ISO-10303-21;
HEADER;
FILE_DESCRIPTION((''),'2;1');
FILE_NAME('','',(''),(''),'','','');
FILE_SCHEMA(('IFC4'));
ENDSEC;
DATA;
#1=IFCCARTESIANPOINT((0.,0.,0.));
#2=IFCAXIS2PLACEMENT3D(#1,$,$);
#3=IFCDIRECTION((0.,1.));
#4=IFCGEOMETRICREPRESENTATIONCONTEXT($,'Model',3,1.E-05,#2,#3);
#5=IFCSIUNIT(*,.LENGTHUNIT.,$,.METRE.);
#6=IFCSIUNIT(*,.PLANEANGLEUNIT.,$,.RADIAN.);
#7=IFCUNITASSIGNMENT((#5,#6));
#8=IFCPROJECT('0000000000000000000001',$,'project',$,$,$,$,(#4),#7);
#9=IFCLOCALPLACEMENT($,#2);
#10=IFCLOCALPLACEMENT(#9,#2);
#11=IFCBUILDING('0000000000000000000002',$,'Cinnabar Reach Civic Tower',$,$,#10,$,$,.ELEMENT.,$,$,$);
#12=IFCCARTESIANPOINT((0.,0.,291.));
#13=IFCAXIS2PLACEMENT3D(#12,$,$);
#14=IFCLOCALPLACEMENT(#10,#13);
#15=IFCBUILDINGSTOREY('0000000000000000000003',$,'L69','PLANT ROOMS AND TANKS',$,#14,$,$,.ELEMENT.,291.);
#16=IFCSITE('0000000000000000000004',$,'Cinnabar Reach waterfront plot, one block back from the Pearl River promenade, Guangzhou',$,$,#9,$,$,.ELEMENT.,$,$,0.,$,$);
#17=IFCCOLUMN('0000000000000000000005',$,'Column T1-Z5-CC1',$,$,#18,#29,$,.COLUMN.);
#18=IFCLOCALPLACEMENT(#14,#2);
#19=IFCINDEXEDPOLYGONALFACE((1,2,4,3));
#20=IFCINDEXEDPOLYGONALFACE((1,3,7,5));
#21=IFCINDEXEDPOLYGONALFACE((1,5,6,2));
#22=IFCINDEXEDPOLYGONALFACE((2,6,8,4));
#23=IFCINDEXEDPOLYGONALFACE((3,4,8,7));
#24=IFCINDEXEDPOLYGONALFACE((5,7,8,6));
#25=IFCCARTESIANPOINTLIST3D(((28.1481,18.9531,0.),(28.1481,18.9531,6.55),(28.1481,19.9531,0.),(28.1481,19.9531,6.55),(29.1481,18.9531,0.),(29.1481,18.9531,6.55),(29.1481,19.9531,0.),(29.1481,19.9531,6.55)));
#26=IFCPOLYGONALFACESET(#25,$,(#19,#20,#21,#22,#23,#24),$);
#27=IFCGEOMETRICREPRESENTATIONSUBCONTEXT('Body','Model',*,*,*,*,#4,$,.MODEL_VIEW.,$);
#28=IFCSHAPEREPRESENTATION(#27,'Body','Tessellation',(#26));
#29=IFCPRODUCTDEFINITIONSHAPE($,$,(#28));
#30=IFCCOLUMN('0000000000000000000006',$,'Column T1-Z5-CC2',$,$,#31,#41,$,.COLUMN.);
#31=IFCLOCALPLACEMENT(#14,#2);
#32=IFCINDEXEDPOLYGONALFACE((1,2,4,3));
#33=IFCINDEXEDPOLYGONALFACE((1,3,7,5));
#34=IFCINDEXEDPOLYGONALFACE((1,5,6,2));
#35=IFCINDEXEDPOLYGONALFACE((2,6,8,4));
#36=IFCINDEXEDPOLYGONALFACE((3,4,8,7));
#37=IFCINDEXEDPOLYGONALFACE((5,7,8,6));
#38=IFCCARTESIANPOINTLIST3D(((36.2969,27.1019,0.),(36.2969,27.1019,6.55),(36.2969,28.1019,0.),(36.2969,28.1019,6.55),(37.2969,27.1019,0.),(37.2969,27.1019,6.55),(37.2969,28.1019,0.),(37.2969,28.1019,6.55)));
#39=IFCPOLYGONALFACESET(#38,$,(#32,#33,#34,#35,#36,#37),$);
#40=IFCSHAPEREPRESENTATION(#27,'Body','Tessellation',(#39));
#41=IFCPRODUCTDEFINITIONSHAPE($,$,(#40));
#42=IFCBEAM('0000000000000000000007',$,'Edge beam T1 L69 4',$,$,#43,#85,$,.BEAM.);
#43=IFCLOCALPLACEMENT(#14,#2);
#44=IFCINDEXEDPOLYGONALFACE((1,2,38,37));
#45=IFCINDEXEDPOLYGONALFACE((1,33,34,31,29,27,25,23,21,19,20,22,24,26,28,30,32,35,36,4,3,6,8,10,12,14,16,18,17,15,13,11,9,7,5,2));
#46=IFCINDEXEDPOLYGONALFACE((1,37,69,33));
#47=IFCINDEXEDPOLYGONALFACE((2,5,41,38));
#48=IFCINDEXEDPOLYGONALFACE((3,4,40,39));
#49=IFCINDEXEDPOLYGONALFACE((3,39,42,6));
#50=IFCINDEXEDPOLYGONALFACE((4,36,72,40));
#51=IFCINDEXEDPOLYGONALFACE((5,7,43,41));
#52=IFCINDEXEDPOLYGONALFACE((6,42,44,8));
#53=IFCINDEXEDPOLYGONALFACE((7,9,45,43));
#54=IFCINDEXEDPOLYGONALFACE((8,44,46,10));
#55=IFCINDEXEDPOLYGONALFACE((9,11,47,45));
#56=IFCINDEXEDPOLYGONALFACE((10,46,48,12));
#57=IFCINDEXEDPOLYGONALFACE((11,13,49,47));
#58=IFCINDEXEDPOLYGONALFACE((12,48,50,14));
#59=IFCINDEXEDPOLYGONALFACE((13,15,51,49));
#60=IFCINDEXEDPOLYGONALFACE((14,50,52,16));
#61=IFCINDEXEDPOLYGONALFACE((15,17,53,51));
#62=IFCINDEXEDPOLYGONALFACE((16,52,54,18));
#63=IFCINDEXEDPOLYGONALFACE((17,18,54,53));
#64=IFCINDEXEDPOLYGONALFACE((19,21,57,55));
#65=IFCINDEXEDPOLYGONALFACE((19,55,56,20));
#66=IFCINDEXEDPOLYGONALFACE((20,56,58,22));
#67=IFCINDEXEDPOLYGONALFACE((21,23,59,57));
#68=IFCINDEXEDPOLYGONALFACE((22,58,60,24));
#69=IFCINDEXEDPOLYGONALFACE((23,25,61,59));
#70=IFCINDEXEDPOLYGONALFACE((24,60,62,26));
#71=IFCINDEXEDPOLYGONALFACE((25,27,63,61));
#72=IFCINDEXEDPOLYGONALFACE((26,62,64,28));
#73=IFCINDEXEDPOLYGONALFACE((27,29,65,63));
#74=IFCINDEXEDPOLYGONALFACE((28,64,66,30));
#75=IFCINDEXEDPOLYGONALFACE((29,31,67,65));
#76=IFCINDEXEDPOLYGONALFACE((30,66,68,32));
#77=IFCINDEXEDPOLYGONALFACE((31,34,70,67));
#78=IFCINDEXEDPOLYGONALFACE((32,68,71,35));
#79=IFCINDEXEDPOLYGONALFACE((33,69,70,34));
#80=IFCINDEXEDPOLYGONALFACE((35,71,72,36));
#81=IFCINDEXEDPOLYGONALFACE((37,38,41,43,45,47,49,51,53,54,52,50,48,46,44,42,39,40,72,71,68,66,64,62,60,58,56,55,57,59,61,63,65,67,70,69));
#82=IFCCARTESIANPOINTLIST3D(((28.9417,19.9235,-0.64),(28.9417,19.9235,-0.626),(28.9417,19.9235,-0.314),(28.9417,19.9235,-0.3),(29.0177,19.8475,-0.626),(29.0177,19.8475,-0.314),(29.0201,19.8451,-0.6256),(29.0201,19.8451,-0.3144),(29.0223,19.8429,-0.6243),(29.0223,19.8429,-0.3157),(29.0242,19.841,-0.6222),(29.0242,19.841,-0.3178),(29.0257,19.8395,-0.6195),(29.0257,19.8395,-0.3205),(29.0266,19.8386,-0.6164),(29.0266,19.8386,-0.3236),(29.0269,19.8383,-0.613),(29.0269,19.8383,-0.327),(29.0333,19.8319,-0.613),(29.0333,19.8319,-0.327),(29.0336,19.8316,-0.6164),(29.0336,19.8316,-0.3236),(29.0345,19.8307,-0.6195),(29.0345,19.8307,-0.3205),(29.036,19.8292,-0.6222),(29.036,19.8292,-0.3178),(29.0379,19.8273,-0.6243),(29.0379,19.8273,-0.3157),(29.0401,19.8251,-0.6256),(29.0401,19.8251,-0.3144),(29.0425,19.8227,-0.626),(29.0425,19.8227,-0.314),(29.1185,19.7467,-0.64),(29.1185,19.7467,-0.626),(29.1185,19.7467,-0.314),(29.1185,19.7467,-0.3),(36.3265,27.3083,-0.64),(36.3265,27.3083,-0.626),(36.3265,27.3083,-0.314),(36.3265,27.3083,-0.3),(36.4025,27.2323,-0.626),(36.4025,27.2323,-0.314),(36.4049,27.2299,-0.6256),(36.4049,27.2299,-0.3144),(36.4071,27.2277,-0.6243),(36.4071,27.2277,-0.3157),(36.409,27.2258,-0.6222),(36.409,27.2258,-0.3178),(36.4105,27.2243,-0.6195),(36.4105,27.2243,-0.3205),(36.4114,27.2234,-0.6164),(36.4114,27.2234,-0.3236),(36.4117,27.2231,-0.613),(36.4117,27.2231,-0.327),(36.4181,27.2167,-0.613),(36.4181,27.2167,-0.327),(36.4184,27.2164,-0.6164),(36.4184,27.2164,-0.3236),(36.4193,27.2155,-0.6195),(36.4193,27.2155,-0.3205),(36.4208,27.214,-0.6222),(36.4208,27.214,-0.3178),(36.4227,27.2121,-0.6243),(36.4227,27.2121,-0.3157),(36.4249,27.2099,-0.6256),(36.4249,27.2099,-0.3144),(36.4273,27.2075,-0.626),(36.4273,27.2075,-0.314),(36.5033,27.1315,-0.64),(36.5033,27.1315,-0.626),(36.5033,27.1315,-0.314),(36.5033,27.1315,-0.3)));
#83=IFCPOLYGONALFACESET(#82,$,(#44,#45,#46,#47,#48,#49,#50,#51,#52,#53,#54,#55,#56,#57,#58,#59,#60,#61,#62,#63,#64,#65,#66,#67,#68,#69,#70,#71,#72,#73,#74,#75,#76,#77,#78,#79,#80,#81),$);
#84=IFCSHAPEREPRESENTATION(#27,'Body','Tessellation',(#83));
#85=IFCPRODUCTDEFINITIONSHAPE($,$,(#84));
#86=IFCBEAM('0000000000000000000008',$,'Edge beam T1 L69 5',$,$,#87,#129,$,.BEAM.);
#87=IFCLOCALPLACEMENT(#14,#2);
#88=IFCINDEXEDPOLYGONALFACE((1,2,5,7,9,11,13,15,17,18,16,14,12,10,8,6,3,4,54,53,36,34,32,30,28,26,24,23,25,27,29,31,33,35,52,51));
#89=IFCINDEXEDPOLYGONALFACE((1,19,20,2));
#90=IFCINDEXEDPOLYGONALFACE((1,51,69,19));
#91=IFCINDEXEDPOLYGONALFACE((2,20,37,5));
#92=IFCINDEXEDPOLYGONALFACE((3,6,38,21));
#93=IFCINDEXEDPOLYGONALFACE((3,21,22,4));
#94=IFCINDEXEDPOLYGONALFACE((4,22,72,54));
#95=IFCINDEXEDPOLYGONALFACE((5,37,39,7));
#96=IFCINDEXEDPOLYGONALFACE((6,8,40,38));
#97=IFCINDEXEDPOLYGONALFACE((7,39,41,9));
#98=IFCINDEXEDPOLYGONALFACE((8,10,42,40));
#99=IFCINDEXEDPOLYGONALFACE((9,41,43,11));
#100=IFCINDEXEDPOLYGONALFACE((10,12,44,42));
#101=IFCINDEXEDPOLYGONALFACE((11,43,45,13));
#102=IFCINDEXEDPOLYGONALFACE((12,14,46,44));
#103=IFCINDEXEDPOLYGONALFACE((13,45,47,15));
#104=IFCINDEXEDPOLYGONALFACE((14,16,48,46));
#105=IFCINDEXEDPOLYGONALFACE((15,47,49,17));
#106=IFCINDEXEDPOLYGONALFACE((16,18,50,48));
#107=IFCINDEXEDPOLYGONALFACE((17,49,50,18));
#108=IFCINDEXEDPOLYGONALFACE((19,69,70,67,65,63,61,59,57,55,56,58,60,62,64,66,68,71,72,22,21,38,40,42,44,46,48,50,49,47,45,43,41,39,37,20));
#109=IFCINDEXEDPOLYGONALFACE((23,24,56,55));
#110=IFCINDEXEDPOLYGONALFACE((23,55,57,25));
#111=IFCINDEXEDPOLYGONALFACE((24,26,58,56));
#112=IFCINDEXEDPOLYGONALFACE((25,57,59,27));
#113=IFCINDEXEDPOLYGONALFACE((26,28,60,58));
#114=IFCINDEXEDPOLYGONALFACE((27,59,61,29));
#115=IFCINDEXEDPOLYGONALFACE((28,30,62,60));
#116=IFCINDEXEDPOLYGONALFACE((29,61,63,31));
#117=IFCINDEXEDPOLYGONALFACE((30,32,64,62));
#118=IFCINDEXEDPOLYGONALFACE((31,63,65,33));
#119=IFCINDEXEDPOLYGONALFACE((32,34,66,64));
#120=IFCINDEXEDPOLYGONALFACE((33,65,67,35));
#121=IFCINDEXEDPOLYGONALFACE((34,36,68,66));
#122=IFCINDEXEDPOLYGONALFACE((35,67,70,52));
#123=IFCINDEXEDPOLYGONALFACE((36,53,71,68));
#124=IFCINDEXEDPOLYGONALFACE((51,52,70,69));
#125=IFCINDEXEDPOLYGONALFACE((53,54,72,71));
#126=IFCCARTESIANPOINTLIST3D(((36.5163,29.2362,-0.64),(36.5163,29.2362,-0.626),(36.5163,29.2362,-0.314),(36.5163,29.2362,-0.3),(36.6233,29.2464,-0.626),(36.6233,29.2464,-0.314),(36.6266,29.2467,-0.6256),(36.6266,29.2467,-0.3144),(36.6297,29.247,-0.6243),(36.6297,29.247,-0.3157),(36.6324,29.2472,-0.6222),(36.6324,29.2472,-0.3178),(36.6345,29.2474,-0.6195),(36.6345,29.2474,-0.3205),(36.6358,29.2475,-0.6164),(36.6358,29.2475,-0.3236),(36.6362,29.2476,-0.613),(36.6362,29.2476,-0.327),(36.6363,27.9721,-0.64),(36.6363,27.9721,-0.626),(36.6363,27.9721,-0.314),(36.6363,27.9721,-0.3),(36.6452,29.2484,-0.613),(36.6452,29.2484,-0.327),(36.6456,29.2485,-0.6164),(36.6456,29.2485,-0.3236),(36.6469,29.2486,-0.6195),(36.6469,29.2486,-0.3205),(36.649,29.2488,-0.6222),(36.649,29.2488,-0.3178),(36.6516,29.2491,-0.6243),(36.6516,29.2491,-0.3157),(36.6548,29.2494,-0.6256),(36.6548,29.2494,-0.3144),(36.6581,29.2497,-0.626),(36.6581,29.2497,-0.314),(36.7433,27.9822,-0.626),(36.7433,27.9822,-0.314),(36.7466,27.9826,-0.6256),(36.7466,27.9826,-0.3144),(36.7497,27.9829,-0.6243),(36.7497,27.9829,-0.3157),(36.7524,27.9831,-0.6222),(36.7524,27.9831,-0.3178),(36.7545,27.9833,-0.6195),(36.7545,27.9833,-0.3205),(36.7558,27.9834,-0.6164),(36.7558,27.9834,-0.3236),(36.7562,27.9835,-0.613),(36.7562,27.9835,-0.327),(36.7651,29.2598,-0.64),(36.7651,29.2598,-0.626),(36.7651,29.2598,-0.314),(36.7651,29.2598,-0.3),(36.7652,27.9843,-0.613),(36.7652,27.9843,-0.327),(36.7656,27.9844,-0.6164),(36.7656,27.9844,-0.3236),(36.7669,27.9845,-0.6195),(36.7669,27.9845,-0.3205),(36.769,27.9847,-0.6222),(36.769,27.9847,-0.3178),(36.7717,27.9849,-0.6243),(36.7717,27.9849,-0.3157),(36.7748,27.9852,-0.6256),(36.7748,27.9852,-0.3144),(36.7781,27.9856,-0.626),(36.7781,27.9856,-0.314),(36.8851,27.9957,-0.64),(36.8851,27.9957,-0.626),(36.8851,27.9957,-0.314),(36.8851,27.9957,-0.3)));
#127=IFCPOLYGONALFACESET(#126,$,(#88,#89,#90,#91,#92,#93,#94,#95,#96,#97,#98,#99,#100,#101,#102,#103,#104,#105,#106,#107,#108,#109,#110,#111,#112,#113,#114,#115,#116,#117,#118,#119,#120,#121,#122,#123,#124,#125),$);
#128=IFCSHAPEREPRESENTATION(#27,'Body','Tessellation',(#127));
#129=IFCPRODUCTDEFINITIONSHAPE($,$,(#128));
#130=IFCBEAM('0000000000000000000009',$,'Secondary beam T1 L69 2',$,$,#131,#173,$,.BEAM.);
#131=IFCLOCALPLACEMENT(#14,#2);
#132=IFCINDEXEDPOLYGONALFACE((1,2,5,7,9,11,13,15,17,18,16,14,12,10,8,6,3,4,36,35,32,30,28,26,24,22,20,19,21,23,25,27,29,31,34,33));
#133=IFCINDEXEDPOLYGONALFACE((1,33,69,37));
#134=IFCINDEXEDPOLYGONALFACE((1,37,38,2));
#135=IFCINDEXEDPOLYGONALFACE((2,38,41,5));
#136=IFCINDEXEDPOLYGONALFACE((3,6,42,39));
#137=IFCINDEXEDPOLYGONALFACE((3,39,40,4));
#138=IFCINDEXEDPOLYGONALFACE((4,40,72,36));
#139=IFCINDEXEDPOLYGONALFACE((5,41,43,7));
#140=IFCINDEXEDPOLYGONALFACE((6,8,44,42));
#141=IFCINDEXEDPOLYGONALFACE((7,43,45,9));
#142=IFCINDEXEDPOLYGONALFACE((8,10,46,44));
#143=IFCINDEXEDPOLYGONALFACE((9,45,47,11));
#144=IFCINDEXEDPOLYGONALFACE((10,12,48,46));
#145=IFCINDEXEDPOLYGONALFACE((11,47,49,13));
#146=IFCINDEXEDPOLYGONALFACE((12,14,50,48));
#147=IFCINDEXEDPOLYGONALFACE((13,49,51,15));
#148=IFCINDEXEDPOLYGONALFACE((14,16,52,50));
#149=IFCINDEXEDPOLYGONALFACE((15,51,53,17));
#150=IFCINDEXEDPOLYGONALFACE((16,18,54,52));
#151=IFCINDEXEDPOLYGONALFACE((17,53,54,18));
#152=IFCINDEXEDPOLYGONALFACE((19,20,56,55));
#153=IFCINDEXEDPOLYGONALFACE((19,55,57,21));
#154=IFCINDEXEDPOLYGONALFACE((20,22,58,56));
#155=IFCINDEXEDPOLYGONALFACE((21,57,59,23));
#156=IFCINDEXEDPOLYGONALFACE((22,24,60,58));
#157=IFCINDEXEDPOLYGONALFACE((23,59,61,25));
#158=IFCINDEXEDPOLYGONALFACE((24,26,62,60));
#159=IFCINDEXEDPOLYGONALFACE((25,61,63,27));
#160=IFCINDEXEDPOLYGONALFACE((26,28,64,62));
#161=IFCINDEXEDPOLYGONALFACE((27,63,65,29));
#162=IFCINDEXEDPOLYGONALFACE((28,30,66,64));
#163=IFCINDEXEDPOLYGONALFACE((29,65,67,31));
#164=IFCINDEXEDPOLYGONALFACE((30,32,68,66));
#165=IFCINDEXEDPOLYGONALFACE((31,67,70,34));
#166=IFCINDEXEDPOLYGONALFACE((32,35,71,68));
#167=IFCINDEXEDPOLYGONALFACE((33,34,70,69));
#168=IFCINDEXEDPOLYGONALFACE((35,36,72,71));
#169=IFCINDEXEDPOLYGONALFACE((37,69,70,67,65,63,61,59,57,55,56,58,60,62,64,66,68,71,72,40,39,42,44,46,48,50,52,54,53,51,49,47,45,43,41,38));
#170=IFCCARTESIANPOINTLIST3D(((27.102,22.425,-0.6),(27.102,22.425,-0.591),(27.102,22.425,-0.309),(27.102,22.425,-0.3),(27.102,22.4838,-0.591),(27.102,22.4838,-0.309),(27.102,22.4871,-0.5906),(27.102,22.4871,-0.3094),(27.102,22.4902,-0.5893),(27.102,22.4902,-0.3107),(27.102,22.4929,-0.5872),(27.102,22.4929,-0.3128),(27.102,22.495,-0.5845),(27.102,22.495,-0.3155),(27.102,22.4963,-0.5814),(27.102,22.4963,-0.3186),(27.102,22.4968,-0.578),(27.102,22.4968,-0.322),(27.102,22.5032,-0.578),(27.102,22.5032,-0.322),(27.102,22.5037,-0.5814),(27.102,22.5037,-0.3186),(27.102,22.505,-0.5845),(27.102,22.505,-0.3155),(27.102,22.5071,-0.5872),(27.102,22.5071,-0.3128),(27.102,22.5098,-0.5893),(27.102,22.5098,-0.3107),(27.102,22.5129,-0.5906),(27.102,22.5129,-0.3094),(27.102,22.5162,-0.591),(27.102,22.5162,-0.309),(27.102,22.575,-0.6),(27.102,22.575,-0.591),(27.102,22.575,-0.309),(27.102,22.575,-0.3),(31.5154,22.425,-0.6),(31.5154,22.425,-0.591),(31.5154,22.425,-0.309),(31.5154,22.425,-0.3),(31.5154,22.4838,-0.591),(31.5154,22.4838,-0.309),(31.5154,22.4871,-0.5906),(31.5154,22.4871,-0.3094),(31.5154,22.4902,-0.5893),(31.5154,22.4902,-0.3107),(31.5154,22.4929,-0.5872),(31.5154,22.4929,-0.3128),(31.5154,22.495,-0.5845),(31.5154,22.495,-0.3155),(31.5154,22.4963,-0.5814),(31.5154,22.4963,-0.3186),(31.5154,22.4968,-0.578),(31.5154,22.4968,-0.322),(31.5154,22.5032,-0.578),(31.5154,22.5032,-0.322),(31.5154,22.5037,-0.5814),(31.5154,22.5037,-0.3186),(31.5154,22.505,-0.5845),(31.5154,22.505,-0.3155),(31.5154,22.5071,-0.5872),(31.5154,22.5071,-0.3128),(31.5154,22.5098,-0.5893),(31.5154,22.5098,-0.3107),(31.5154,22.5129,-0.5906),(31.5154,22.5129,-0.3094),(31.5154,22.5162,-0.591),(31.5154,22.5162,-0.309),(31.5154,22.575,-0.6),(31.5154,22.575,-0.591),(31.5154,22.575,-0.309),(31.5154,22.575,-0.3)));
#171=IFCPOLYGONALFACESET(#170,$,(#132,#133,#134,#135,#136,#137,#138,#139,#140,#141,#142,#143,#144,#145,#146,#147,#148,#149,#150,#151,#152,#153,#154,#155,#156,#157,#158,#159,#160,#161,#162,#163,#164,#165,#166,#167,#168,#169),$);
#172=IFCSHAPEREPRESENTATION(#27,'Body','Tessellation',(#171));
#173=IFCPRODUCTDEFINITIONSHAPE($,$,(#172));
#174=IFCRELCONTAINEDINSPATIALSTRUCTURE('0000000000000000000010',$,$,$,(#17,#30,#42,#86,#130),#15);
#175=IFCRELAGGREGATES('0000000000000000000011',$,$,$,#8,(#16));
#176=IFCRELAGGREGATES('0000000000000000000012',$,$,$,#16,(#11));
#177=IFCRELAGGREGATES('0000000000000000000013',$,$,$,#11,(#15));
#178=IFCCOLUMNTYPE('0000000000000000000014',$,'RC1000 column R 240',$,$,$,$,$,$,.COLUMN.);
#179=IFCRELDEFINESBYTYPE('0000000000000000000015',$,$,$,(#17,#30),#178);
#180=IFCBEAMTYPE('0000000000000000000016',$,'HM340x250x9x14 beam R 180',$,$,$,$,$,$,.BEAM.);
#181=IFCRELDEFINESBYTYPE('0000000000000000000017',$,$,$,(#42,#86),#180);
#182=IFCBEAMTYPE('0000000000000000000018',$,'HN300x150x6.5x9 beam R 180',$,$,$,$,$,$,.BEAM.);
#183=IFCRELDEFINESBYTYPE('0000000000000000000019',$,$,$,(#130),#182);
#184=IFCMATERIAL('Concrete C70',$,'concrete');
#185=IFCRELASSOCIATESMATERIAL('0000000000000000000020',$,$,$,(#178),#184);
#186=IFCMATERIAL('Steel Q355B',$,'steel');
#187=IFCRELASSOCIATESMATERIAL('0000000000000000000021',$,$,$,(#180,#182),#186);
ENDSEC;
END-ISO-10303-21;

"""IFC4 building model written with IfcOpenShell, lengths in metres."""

from ifc_helpers import new_model, si_unit, direction, frame, origin, origin_2d, place, context, subcontext, project, spatial, rectangle, i_section, extrude, material, material_profile, profile_set, type_object, element, save


model = new_model("IFC4")

# Units and contexts
model_context = context("Model", 3, precision=1e-05, world=origin(), true_north=direction((0.0, 1.0)))
body_context = subcontext(model_context, "Body", "Model", "MODEL_VIEW")
ifc_project = project(units=[si_unit("LENGTHUNIT", "METRE"), si_unit("PLANEANGLEUNIT", "RADIAN")], contexts=[model_context])

# Site, building, storey
site_placement = place(None, origin())
site = spatial("IfcSite", under=ifc_project, at=site_placement, Name="Cinnabar Reach waterfront plot, one block back from the Pearl River promenade, Guangzhou", CompositionType="ELEMENT", RefElevation=0.0)
building_placement = place(site_placement, origin())
building = spatial("IfcBuilding", under=site, at=building_placement, Name="Cinnabar Reach Civic Tower", CompositionType="ELEMENT")
storey_placement = place(building_placement, frame((0.0, 0.0, 291.0)))
storey = spatial("IfcBuildingStorey", under=building, at=storey_placement, Name="L69", Description="PLANT ROOMS AND TANKS", CompositionType="ELEMENT", Elevation=291.0)

# Columns
ifc_material_1 = material(Name="Concrete C70", Category="concrete")
ifc_material_profile_1 = material_profile(ifc_material_1, rectangle(XDim=1.0, YDim=1.0, at=origin_2d()), Name="RC1000")
ifc_profile_set_1 = profile_set([ifc_material_profile_1], Name="Concrete C70")
column_type = type_object("IfcColumnType", Name="RC1000 column R 240", PredefinedType="COLUMN", material=ifc_profile_set_1)
for number, where, z_axis, x_axis, name in (
    (1, (28.6481, 19.4531, 0.0), (0.0, 0.0, 1.0), (1.0, 0.0, 0.0), "Column T1-Z5-CC1"),
    (2, (36.7969, 27.6019, 0.0), (0.0, 0.0, 1.0), (1.0, 0.0, 0.0), "Column T1-Z5-CC2"),
):
    element("IfcColumn", number, at=place(storey_placement, frame(where, z_axis=z_axis, x_axis=x_axis)), inside=storey, type_object=column_type, Name=name, PredefinedType="COLUMN", context=body_context, shape_type="SweptSolid", body=[
        extrude(rectangle(XDim=1.0, YDim=1.0, at=origin_2d()), origin(), (0.0, 0.0, 1.0), 6.55),
    ])

# Beams
ifc_material_2 = material(Name="Steel Q355B", Category="steel")
ifc_material_profile_2 = material_profile(ifc_material_2, i_section(OverallWidth=0.25, OverallDepth=0.34, WebThickness=0.009, FlangeThickness=0.014, FilletRadius=0.013, at=origin_2d()), Name="HM340x250x9x14")
ifc_profile_set_2 = profile_set([ifc_material_profile_2], Name="Steel Q355B")
beam_type_1 = type_object("IfcBeamType", Name="HM340x250x9x14 beam R 180", PredefinedType="BEAM", material=ifc_profile_set_2)
beam_1_placement = place(storey_placement, frame((29.0301, 19.8351, -0.47), z_axis=(0.707107, 0.707107, 0.0), x_axis=(-0.707107, 0.707107, 0.0)))
element("IfcBeam", 3, at=beam_1_placement, inside=storey, type_object=beam_type_1, Name="Edge beam T1 L69 4", PredefinedType="BEAM", context=body_context, shape_type="SweptSolid", body=[
    extrude(i_section(OverallWidth=0.25, OverallDepth=0.34, WebThickness=0.009, FlangeThickness=0.014, FilletRadius=0.013, at=origin_2d()), origin(), (0.0, 0.0, 1.0), 10.4437),
])
beam_2_placement = place(storey_placement, frame((36.7607, 27.9839, -0.47), z_axis=(-0.094504, 0.995524, 0.0), x_axis=(-0.995524, -0.094504, 0.0)))
element("IfcBeam", 4, at=beam_2_placement, inside=storey, type_object=beam_type_1, Name="Edge beam T1 L69 5", PredefinedType="BEAM", context=body_context, shape_type="SweptSolid", body=[
    extrude(i_section(OverallWidth=0.25, OverallDepth=0.34, WebThickness=0.009, FlangeThickness=0.014, FilletRadius=0.013, at=origin_2d()), origin(), (0.0, 0.0, 1.0), 1.2698),
])
ifc_material_profile_3 = material_profile(ifc_material_2, i_section(OverallWidth=0.15, OverallDepth=0.3, WebThickness=0.0065, FlangeThickness=0.009, FilletRadius=0.013, at=origin_2d()), Name="HN300x150x6.5x9")
ifc_profile_set_3 = profile_set([ifc_material_profile_3], Name="Steel Q355B")
beam_type_2 = type_object("IfcBeamType", Name="HN300x150x6.5x9 beam R 180", PredefinedType="BEAM", material=ifc_profile_set_3)
beam_3_placement = place(storey_placement, frame((27.102, 22.5, -0.45), z_axis=(1.0, 0.0, 0.0), x_axis=(0.0, 1.0, 0.0)))
element("IfcBeam", 5, at=beam_3_placement, inside=storey, type_object=beam_type_2, Name="Secondary beam T1 L69 2", PredefinedType="BEAM", context=body_context, shape_type="SweptSolid", body=[
    extrude(i_section(OverallWidth=0.15, OverallDepth=0.3, WebThickness=0.0065, FlangeThickness=0.009, FilletRadius=0.013, at=origin_2d()), origin(), (0.0, 0.0, 1.0), 4.4134),
])

save(model, "model.ifc")
